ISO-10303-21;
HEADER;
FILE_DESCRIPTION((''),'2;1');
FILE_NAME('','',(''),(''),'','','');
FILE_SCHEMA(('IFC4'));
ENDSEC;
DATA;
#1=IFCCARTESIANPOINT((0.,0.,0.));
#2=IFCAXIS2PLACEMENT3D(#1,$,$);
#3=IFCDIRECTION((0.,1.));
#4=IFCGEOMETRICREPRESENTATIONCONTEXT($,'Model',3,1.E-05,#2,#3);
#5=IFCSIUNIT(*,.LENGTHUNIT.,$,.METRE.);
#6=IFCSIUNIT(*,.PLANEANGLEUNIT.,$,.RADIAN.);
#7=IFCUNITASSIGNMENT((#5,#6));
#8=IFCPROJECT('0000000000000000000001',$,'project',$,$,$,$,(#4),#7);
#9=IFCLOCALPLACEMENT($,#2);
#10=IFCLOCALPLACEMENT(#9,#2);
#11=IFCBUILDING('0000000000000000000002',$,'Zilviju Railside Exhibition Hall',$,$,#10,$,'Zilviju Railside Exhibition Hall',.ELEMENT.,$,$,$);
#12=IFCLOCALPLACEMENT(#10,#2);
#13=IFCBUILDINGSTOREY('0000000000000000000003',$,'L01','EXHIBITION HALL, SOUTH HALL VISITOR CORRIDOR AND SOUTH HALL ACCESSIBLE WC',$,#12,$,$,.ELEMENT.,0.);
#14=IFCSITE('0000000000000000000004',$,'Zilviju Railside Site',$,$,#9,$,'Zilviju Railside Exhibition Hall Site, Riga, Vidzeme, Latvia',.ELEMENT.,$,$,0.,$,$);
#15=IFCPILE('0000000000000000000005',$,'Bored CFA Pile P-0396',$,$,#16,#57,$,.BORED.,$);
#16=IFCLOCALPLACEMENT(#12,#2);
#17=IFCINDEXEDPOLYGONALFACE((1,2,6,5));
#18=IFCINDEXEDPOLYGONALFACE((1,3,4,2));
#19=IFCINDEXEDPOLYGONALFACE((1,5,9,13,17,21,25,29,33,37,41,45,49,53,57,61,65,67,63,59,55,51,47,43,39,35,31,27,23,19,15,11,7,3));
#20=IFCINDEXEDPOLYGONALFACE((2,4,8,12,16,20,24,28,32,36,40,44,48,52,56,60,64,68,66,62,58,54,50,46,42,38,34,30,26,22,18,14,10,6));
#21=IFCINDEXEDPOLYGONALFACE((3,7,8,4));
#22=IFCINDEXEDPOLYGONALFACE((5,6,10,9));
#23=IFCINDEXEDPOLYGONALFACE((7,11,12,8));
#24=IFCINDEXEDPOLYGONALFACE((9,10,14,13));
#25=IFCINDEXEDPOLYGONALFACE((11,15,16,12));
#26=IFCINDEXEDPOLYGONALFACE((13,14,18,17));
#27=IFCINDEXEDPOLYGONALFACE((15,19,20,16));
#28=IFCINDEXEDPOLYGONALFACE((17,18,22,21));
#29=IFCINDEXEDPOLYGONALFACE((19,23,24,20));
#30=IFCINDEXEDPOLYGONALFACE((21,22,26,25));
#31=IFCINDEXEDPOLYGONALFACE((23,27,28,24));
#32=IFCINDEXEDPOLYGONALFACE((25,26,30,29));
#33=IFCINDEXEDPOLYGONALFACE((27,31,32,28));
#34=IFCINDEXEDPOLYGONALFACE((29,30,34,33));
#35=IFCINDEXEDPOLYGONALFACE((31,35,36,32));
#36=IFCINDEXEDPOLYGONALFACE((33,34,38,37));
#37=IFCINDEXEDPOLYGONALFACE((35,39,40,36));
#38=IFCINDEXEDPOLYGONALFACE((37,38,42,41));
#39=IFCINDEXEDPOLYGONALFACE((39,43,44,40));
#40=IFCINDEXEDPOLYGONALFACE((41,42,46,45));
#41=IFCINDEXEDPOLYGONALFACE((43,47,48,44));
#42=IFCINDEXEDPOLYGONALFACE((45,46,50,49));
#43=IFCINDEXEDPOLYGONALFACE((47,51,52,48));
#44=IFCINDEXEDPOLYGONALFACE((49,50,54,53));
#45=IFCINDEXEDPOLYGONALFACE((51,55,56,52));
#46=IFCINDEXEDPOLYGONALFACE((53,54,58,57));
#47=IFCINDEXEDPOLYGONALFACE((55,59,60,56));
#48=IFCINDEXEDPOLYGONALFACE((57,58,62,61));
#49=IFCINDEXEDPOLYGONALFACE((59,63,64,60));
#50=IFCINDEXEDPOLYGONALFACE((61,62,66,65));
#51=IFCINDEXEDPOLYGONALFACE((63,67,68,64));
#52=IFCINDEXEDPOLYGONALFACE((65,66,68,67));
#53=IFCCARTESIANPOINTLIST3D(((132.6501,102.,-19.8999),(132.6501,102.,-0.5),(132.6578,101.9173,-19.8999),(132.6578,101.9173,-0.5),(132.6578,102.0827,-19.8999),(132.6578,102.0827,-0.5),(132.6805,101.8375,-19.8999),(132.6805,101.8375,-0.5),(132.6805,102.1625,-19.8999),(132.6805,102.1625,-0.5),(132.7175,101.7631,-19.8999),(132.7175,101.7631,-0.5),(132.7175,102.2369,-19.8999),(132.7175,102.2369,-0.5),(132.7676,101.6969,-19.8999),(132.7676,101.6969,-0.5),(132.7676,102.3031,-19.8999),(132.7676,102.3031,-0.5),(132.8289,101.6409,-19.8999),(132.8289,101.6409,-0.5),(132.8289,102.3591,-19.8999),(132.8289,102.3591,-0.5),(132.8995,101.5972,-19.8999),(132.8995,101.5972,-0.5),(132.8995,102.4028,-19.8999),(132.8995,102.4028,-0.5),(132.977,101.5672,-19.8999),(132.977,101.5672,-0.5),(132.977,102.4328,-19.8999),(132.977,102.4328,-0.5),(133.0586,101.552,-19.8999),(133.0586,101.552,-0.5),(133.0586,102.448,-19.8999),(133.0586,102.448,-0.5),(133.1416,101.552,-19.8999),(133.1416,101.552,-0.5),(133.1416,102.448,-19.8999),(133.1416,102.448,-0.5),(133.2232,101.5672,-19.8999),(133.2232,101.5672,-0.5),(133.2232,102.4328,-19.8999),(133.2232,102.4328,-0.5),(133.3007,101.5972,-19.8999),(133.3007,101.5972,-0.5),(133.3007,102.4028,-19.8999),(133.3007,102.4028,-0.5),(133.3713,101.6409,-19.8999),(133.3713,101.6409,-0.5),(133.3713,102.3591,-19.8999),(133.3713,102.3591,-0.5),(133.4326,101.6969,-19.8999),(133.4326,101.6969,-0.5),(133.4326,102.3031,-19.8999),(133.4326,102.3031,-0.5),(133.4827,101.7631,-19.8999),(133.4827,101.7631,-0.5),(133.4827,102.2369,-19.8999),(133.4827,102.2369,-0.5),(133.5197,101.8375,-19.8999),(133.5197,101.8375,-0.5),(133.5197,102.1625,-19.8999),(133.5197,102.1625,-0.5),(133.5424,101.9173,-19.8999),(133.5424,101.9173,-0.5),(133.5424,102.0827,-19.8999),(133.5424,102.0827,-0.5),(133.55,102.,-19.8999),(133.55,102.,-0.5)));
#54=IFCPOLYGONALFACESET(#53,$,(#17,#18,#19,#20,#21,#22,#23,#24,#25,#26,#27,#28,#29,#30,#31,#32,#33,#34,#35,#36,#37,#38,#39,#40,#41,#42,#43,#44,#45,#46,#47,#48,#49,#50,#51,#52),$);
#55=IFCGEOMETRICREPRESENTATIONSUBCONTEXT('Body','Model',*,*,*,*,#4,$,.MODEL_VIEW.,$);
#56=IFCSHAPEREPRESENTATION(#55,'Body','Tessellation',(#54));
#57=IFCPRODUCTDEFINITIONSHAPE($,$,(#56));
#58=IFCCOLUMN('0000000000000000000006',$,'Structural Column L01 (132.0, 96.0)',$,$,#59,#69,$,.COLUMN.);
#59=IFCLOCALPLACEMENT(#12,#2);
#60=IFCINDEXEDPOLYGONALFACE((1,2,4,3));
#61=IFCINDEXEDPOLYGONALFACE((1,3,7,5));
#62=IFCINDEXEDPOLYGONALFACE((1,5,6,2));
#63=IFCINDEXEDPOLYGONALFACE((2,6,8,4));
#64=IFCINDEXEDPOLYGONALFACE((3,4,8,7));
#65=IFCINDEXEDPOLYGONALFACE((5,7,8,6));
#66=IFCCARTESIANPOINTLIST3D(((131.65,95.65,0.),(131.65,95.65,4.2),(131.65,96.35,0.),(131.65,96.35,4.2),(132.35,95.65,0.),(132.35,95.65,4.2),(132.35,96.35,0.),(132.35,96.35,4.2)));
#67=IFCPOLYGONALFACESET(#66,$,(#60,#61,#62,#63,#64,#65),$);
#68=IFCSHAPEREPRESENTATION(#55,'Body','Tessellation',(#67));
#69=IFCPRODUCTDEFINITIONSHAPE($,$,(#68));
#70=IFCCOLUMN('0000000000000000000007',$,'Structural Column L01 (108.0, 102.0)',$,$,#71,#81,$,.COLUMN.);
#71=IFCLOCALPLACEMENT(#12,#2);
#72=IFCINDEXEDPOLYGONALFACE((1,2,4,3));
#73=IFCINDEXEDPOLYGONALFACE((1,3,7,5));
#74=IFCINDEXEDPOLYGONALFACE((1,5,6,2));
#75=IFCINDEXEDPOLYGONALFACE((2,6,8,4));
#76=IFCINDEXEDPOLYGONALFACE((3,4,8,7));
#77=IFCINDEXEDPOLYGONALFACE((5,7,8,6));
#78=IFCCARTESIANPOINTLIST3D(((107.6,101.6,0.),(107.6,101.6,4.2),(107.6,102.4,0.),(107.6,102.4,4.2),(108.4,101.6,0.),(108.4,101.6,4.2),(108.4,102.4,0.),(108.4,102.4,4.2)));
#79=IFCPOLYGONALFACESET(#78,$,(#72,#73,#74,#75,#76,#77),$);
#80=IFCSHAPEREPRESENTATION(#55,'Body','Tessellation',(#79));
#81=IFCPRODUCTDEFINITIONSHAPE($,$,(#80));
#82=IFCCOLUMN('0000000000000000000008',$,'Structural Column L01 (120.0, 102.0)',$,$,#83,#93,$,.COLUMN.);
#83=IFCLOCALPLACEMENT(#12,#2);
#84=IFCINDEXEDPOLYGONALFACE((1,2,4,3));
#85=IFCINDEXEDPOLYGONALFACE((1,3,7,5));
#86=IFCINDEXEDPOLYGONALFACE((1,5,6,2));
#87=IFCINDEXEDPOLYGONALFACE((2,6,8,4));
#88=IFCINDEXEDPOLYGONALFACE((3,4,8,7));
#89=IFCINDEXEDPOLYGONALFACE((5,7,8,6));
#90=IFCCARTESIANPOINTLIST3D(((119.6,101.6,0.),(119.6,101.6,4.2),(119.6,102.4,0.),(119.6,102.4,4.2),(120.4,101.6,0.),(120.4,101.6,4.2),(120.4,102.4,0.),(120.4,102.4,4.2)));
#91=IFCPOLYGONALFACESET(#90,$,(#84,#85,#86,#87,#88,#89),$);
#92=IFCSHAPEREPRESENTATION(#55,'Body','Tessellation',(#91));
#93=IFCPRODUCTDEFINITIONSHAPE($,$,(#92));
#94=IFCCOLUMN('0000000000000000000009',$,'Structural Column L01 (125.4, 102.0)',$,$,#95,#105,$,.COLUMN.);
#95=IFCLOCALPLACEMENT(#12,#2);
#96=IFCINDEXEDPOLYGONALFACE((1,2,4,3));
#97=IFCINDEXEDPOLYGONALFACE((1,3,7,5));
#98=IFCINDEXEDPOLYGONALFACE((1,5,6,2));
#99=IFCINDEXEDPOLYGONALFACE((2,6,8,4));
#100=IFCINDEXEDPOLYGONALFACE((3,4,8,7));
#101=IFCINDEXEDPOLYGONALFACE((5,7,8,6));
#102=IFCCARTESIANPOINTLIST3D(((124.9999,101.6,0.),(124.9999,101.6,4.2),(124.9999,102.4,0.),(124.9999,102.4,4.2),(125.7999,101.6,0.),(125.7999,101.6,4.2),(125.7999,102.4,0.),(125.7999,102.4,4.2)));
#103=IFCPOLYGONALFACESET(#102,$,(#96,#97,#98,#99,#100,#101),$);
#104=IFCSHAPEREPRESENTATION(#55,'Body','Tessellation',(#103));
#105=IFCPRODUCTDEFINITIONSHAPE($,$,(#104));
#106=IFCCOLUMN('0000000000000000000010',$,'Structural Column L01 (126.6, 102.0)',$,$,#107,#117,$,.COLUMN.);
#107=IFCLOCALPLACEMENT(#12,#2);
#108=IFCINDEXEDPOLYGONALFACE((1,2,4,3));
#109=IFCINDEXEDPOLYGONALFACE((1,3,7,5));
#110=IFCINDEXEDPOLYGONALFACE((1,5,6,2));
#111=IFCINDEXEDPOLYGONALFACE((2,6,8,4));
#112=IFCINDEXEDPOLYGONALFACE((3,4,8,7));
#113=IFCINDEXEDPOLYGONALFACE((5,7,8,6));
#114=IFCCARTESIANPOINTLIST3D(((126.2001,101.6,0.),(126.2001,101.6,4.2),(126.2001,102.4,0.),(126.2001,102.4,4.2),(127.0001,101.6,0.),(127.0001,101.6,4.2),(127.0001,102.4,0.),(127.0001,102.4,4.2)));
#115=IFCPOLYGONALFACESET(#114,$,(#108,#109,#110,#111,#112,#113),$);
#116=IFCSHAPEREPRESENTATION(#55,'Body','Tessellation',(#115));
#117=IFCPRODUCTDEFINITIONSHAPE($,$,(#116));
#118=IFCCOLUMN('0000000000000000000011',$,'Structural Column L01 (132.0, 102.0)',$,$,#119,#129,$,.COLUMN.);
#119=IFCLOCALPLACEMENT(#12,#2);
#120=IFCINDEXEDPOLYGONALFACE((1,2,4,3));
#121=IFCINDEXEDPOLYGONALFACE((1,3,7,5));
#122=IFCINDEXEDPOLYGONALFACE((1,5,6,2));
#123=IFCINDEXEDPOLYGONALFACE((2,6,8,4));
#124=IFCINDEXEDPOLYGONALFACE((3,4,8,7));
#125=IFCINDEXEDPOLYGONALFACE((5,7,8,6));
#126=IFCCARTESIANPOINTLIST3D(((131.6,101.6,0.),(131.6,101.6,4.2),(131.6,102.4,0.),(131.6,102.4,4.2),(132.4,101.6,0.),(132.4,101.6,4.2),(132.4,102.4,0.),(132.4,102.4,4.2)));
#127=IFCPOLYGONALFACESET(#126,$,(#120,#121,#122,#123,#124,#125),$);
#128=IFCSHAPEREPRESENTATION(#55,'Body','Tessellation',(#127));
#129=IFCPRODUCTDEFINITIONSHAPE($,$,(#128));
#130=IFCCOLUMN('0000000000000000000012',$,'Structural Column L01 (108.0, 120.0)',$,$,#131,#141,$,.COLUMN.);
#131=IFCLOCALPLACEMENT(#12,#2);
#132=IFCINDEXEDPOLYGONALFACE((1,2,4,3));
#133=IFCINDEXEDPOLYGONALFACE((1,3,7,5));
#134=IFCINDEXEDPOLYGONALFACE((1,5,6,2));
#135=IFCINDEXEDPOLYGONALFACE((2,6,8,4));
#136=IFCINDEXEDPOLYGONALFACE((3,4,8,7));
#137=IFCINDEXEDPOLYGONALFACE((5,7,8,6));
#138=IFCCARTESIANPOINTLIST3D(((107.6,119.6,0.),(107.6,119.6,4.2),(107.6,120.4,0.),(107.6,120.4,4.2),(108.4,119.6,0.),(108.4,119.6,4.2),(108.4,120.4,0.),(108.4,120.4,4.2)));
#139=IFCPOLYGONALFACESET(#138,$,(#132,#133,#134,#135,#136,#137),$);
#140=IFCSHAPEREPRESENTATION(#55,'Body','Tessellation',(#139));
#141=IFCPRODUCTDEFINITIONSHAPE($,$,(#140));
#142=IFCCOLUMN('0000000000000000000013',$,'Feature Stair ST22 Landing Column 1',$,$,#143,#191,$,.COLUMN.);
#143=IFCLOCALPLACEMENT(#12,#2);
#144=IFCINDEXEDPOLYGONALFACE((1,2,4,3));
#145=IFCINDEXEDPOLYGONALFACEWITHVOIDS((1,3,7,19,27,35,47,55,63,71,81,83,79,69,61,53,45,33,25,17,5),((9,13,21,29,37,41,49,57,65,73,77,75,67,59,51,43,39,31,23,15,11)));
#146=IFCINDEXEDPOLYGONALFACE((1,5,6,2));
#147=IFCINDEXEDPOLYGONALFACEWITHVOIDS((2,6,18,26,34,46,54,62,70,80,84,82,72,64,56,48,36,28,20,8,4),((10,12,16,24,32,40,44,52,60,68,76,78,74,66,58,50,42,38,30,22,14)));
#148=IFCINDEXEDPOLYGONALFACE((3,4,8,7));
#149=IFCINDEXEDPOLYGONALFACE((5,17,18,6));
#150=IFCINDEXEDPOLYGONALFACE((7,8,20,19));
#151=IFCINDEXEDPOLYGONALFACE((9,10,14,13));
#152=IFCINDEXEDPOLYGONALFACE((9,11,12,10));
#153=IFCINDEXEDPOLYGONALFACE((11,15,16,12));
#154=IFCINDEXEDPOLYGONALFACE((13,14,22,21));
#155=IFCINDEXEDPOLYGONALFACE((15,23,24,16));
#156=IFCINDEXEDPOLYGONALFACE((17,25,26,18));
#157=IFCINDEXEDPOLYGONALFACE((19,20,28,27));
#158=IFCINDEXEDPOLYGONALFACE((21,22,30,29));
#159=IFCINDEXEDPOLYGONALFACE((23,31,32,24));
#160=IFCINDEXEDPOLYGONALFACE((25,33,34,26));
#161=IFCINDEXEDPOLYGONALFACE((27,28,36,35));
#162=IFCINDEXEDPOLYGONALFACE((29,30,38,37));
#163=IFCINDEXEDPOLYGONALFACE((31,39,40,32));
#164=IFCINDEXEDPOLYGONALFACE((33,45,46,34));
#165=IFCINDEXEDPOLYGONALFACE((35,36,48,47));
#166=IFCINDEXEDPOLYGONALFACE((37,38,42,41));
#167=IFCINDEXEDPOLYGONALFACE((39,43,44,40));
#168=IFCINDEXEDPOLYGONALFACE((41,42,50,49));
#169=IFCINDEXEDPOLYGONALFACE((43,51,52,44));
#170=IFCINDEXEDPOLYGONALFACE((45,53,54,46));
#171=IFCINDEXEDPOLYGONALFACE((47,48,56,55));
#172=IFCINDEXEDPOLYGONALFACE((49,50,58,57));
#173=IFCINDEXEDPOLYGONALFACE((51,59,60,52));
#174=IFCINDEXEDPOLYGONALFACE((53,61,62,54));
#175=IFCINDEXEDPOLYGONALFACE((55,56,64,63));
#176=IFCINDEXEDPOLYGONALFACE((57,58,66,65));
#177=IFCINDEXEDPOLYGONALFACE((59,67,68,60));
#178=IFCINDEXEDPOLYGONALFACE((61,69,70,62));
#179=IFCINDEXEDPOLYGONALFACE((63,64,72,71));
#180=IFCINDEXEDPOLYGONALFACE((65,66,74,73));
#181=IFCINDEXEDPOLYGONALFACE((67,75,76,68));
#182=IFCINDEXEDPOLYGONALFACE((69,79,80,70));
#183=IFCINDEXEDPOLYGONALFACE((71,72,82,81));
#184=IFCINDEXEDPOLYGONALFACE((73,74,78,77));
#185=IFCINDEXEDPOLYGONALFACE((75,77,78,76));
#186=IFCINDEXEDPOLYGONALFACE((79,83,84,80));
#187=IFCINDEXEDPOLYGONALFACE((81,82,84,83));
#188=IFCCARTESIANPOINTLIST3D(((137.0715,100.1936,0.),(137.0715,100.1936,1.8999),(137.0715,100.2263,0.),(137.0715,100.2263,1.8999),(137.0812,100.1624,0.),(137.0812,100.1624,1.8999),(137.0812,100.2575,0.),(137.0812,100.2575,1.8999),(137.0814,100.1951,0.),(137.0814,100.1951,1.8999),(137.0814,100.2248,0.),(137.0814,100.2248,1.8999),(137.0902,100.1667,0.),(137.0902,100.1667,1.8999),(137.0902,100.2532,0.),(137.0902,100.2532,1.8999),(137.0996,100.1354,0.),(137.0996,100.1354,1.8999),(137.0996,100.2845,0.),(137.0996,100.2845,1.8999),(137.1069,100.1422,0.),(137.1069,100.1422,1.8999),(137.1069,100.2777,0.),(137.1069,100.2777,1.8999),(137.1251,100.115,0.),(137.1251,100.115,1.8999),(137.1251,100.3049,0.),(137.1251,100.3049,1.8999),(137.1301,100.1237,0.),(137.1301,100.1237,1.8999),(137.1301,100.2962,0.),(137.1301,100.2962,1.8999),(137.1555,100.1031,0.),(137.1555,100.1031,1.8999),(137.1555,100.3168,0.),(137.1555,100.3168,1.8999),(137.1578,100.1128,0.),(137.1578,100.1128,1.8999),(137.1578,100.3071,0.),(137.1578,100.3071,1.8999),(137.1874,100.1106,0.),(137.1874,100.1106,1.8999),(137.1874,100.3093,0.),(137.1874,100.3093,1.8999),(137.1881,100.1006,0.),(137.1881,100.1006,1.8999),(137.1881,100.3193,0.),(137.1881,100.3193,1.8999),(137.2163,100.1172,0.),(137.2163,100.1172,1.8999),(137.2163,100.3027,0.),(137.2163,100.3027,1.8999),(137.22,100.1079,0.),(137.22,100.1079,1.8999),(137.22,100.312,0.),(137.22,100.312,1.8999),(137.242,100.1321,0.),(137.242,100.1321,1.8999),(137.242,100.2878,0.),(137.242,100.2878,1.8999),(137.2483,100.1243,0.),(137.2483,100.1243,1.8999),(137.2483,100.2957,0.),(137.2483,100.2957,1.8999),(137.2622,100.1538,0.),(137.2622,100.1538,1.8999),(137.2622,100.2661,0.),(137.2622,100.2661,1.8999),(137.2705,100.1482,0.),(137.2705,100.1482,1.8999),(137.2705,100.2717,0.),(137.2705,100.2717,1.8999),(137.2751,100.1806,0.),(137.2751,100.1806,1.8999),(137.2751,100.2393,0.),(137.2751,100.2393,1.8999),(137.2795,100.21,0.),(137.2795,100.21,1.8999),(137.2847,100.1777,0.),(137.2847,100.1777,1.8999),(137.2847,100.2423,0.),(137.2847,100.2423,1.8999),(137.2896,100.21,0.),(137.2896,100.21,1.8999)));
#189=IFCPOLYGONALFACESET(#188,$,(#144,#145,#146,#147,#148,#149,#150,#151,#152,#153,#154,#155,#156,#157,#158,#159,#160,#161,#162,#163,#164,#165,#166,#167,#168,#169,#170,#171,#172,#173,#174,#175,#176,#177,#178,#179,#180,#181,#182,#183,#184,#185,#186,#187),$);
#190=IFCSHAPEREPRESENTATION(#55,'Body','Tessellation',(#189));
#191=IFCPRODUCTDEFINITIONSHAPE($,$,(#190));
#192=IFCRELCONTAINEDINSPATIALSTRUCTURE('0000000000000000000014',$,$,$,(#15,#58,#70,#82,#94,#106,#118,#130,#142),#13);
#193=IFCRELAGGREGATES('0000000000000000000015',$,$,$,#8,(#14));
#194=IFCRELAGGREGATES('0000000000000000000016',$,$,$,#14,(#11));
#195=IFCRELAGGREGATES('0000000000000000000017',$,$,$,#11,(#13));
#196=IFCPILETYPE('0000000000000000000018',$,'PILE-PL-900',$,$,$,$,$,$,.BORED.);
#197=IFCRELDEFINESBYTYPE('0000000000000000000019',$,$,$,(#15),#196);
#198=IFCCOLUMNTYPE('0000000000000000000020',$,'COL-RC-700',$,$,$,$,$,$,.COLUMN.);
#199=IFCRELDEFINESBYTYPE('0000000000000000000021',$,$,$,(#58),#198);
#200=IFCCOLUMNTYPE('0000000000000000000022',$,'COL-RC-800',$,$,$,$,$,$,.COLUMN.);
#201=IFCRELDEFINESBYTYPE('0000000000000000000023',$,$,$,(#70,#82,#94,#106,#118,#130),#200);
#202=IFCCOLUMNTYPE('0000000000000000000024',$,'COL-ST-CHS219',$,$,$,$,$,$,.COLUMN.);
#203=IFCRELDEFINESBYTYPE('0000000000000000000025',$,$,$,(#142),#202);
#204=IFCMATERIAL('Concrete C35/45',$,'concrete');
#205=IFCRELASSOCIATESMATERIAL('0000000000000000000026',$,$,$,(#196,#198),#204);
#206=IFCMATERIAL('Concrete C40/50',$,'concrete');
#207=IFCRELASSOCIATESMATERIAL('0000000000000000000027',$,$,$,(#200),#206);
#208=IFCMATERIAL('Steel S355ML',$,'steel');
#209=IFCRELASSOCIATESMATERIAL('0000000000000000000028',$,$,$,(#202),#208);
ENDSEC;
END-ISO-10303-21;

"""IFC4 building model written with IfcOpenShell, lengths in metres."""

from ifc_helpers import new_model, si_unit, direction, frame, origin, origin_2d, place, context, subcontext, project, spatial, rectangle, circle, hollow_circle, extrude, material, material_profile, profile_set, type_object, element, save


model = new_model("IFC4")

# Units and contexts
model_context = context("Model", 3, precision=1e-05, world=origin(), true_north=direction((0.0, 1.0)))
body_context = subcontext(model_context, "Body", "Model", "MODEL_VIEW")
ifc_project = project(units=[si_unit("LENGTHUNIT", "METRE"), si_unit("PLANEANGLEUNIT", "RADIAN")], contexts=[model_context])

# Site, building, storey
site_placement = place(None, origin())
site = spatial("IfcSite", under=ifc_project, at=site_placement, Name="Zilviju Railside Site", LongName="Zilviju Railside Exhibition Hall Site, Riga, Vidzeme, Latvia", CompositionType="ELEMENT", RefElevation=0.0)
building_placement = place(site_placement, origin())
building = spatial("IfcBuilding", under=site, at=building_placement, Name="Zilviju Railside Exhibition Hall", LongName="Zilviju Railside Exhibition Hall", CompositionType="ELEMENT")
storey_placement = place(building_placement, origin())
storey = spatial("IfcBuildingStorey", under=building, at=storey_placement, Name="L01", Description="EXHIBITION HALL, SOUTH HALL VISITOR CORRIDOR AND SOUTH HALL ACCESSIBLE WC", CompositionType="ELEMENT", Elevation=0.0)

# Shared definitions
ifc_material_1 = material(Name="Concrete C35/45", Category="concrete")

# Pile
ifc_material_profile_1 = material_profile(ifc_material_1, circle(Radius=0.45, at=origin_2d()), Name="CFA PILE D900")
ifc_profile_set_1 = profile_set([ifc_material_profile_1], Name="Concrete C35/45")
pile_type_1 = type_object("IfcPileType", Name="PILE-PL-900", PredefinedType="BORED", material=ifc_profile_set_1)
for number, where, z_axis, x_axis, name in (
    (1, (133.1001, 102.0, -0.5), (0.0, 0.0, -1.0), (1.0, 0.0, 0.0), "Bored CFA Pile P-0396"),
):
    element("IfcPile", number, at=place(storey_placement, frame(where, z_axis=z_axis, x_axis=x_axis)), inside=storey, type_object=pile_type_1, Name=name, PredefinedType="BORED", context=body_context, shape_type="SweptSolid", body=[
        extrude(circle(Radius=0.45, at=origin_2d()), origin(), (0.0, 0.0, 1.0), 19.3999),
    ])

# Columns
ifc_material_profile_2 = material_profile(ifc_material_1, rectangle(XDim=0.7, YDim=0.7, at=origin_2d()), Name="RC COL 700x700")
ifc_profile_set_2 = profile_set([ifc_material_profile_2], Name="Concrete C35/45")
column_type_1 = type_object("IfcColumnType", Name="COL-RC-700", PredefinedType="COLUMN", material=ifc_profile_set_2)
column_placement = place(storey_placement, frame((132.0, 96.0, 0.0), z_axis=(0.0, 0.0, 1.0), x_axis=(1.0, 0.0, 0.0)))
element("IfcColumn", 2, at=column_placement, inside=storey, type_object=column_type_1, Name="Structural Column L01 (132.0, 96.0)", PredefinedType="COLUMN", context=body_context, shape_type="SweptSolid", body=[
    extrude(rectangle(XDim=0.7, YDim=0.7, at=origin_2d()), origin(), (0.0, 0.0, 1.0), 4.2),
])
ifc_material_2 = material(Name="Concrete C40/50", Category="concrete")
ifc_material_profile_3 = material_profile(ifc_material_2, rectangle(XDim=0.8, YDim=0.8, at=origin_2d()), Name="RC COL 800x800")
ifc_profile_set_3 = profile_set([ifc_material_profile_3], Name="Concrete C40/50")
column_type_2 = type_object("IfcColumnType", Name="COL-RC-800", PredefinedType="COLUMN", material=ifc_profile_set_3)
for number, where, z_axis, x_axis, name in (
    (3, (108.0, 102.0, 0.0), (0.0, 0.0, 1.0), (1.0, 0.0, 0.0), "Structural Column L01 (108.0, 102.0)"),
    (4, (120.0, 102.0, 0.0), (0.0, 0.0, 1.0), (1.0, 0.0, 0.0), "Structural Column L01 (120.0, 102.0)"),
    (5, (125.3999, 102.0, 0.0), (0.0, 0.0, 1.0), (1.0, 0.0, 0.0), "Structural Column L01 (125.4, 102.0)"),
    (6, (126.6001, 102.0, 0.0), (0.0, 0.0, 1.0), (1.0, 0.0, 0.0), "Structural Column L01 (126.6, 102.0)"),
    (7, (132.0, 102.0, 0.0), (0.0, 0.0, 1.0), (1.0, 0.0, 0.0), "Structural Column L01 (132.0, 102.0)"),
    (8, (108.0, 120.0, 0.0), (0.0, 0.0, 1.0), (1.0, 0.0, 0.0), "Structural Column L01 (108.0, 120.0)"),
):
    element("IfcColumn", number, at=place(storey_placement, frame(where, z_axis=z_axis, x_axis=x_axis)), inside=storey, type_object=column_type_2, Name=name, PredefinedType="COLUMN", context=body_context, shape_type="SweptSolid", body=[
        extrude(rectangle(XDim=0.8, YDim=0.8, at=origin_2d()), origin(), (0.0, 0.0, 1.0), 4.2),
    ])
ifc_material_3 = material(Name="Steel S355ML", Category="steel")
ifc_material_profile_4 = material_profile(ifc_material_3, hollow_circle(Radius=0.1096, WallThickness=0.01, at=origin_2d()), Name="CHS 219.1x10.0")
ifc_profile_set_4 = profile_set([ifc_material_profile_4], Name="Steel S355ML")
column_type_3 = type_object("IfcColumnType", Name="COL-ST-CHS219", PredefinedType="COLUMN", material=ifc_profile_set_4)
for number, where, z_axis, x_axis, name in (
    (9, (137.1799, 100.21, 0.0), (0.0, 0.0, 1.0), (1.0, 0.0, 0.0), "Feature Stair ST22 Landing Column 1"),
):
    element("IfcColumn", number, at=place(storey_placement, frame(where, z_axis=z_axis, x_axis=x_axis)), inside=storey, type_object=column_type_3, Name=name, PredefinedType="COLUMN", context=body_context, shape_type="SweptSolid", body=[
        extrude(hollow_circle(Radius=0.1096, WallThickness=0.01, at=origin_2d()), origin(), (0.0, 0.0, 1.0), 1.8999),
    ])

save(model, "model.ifc")
